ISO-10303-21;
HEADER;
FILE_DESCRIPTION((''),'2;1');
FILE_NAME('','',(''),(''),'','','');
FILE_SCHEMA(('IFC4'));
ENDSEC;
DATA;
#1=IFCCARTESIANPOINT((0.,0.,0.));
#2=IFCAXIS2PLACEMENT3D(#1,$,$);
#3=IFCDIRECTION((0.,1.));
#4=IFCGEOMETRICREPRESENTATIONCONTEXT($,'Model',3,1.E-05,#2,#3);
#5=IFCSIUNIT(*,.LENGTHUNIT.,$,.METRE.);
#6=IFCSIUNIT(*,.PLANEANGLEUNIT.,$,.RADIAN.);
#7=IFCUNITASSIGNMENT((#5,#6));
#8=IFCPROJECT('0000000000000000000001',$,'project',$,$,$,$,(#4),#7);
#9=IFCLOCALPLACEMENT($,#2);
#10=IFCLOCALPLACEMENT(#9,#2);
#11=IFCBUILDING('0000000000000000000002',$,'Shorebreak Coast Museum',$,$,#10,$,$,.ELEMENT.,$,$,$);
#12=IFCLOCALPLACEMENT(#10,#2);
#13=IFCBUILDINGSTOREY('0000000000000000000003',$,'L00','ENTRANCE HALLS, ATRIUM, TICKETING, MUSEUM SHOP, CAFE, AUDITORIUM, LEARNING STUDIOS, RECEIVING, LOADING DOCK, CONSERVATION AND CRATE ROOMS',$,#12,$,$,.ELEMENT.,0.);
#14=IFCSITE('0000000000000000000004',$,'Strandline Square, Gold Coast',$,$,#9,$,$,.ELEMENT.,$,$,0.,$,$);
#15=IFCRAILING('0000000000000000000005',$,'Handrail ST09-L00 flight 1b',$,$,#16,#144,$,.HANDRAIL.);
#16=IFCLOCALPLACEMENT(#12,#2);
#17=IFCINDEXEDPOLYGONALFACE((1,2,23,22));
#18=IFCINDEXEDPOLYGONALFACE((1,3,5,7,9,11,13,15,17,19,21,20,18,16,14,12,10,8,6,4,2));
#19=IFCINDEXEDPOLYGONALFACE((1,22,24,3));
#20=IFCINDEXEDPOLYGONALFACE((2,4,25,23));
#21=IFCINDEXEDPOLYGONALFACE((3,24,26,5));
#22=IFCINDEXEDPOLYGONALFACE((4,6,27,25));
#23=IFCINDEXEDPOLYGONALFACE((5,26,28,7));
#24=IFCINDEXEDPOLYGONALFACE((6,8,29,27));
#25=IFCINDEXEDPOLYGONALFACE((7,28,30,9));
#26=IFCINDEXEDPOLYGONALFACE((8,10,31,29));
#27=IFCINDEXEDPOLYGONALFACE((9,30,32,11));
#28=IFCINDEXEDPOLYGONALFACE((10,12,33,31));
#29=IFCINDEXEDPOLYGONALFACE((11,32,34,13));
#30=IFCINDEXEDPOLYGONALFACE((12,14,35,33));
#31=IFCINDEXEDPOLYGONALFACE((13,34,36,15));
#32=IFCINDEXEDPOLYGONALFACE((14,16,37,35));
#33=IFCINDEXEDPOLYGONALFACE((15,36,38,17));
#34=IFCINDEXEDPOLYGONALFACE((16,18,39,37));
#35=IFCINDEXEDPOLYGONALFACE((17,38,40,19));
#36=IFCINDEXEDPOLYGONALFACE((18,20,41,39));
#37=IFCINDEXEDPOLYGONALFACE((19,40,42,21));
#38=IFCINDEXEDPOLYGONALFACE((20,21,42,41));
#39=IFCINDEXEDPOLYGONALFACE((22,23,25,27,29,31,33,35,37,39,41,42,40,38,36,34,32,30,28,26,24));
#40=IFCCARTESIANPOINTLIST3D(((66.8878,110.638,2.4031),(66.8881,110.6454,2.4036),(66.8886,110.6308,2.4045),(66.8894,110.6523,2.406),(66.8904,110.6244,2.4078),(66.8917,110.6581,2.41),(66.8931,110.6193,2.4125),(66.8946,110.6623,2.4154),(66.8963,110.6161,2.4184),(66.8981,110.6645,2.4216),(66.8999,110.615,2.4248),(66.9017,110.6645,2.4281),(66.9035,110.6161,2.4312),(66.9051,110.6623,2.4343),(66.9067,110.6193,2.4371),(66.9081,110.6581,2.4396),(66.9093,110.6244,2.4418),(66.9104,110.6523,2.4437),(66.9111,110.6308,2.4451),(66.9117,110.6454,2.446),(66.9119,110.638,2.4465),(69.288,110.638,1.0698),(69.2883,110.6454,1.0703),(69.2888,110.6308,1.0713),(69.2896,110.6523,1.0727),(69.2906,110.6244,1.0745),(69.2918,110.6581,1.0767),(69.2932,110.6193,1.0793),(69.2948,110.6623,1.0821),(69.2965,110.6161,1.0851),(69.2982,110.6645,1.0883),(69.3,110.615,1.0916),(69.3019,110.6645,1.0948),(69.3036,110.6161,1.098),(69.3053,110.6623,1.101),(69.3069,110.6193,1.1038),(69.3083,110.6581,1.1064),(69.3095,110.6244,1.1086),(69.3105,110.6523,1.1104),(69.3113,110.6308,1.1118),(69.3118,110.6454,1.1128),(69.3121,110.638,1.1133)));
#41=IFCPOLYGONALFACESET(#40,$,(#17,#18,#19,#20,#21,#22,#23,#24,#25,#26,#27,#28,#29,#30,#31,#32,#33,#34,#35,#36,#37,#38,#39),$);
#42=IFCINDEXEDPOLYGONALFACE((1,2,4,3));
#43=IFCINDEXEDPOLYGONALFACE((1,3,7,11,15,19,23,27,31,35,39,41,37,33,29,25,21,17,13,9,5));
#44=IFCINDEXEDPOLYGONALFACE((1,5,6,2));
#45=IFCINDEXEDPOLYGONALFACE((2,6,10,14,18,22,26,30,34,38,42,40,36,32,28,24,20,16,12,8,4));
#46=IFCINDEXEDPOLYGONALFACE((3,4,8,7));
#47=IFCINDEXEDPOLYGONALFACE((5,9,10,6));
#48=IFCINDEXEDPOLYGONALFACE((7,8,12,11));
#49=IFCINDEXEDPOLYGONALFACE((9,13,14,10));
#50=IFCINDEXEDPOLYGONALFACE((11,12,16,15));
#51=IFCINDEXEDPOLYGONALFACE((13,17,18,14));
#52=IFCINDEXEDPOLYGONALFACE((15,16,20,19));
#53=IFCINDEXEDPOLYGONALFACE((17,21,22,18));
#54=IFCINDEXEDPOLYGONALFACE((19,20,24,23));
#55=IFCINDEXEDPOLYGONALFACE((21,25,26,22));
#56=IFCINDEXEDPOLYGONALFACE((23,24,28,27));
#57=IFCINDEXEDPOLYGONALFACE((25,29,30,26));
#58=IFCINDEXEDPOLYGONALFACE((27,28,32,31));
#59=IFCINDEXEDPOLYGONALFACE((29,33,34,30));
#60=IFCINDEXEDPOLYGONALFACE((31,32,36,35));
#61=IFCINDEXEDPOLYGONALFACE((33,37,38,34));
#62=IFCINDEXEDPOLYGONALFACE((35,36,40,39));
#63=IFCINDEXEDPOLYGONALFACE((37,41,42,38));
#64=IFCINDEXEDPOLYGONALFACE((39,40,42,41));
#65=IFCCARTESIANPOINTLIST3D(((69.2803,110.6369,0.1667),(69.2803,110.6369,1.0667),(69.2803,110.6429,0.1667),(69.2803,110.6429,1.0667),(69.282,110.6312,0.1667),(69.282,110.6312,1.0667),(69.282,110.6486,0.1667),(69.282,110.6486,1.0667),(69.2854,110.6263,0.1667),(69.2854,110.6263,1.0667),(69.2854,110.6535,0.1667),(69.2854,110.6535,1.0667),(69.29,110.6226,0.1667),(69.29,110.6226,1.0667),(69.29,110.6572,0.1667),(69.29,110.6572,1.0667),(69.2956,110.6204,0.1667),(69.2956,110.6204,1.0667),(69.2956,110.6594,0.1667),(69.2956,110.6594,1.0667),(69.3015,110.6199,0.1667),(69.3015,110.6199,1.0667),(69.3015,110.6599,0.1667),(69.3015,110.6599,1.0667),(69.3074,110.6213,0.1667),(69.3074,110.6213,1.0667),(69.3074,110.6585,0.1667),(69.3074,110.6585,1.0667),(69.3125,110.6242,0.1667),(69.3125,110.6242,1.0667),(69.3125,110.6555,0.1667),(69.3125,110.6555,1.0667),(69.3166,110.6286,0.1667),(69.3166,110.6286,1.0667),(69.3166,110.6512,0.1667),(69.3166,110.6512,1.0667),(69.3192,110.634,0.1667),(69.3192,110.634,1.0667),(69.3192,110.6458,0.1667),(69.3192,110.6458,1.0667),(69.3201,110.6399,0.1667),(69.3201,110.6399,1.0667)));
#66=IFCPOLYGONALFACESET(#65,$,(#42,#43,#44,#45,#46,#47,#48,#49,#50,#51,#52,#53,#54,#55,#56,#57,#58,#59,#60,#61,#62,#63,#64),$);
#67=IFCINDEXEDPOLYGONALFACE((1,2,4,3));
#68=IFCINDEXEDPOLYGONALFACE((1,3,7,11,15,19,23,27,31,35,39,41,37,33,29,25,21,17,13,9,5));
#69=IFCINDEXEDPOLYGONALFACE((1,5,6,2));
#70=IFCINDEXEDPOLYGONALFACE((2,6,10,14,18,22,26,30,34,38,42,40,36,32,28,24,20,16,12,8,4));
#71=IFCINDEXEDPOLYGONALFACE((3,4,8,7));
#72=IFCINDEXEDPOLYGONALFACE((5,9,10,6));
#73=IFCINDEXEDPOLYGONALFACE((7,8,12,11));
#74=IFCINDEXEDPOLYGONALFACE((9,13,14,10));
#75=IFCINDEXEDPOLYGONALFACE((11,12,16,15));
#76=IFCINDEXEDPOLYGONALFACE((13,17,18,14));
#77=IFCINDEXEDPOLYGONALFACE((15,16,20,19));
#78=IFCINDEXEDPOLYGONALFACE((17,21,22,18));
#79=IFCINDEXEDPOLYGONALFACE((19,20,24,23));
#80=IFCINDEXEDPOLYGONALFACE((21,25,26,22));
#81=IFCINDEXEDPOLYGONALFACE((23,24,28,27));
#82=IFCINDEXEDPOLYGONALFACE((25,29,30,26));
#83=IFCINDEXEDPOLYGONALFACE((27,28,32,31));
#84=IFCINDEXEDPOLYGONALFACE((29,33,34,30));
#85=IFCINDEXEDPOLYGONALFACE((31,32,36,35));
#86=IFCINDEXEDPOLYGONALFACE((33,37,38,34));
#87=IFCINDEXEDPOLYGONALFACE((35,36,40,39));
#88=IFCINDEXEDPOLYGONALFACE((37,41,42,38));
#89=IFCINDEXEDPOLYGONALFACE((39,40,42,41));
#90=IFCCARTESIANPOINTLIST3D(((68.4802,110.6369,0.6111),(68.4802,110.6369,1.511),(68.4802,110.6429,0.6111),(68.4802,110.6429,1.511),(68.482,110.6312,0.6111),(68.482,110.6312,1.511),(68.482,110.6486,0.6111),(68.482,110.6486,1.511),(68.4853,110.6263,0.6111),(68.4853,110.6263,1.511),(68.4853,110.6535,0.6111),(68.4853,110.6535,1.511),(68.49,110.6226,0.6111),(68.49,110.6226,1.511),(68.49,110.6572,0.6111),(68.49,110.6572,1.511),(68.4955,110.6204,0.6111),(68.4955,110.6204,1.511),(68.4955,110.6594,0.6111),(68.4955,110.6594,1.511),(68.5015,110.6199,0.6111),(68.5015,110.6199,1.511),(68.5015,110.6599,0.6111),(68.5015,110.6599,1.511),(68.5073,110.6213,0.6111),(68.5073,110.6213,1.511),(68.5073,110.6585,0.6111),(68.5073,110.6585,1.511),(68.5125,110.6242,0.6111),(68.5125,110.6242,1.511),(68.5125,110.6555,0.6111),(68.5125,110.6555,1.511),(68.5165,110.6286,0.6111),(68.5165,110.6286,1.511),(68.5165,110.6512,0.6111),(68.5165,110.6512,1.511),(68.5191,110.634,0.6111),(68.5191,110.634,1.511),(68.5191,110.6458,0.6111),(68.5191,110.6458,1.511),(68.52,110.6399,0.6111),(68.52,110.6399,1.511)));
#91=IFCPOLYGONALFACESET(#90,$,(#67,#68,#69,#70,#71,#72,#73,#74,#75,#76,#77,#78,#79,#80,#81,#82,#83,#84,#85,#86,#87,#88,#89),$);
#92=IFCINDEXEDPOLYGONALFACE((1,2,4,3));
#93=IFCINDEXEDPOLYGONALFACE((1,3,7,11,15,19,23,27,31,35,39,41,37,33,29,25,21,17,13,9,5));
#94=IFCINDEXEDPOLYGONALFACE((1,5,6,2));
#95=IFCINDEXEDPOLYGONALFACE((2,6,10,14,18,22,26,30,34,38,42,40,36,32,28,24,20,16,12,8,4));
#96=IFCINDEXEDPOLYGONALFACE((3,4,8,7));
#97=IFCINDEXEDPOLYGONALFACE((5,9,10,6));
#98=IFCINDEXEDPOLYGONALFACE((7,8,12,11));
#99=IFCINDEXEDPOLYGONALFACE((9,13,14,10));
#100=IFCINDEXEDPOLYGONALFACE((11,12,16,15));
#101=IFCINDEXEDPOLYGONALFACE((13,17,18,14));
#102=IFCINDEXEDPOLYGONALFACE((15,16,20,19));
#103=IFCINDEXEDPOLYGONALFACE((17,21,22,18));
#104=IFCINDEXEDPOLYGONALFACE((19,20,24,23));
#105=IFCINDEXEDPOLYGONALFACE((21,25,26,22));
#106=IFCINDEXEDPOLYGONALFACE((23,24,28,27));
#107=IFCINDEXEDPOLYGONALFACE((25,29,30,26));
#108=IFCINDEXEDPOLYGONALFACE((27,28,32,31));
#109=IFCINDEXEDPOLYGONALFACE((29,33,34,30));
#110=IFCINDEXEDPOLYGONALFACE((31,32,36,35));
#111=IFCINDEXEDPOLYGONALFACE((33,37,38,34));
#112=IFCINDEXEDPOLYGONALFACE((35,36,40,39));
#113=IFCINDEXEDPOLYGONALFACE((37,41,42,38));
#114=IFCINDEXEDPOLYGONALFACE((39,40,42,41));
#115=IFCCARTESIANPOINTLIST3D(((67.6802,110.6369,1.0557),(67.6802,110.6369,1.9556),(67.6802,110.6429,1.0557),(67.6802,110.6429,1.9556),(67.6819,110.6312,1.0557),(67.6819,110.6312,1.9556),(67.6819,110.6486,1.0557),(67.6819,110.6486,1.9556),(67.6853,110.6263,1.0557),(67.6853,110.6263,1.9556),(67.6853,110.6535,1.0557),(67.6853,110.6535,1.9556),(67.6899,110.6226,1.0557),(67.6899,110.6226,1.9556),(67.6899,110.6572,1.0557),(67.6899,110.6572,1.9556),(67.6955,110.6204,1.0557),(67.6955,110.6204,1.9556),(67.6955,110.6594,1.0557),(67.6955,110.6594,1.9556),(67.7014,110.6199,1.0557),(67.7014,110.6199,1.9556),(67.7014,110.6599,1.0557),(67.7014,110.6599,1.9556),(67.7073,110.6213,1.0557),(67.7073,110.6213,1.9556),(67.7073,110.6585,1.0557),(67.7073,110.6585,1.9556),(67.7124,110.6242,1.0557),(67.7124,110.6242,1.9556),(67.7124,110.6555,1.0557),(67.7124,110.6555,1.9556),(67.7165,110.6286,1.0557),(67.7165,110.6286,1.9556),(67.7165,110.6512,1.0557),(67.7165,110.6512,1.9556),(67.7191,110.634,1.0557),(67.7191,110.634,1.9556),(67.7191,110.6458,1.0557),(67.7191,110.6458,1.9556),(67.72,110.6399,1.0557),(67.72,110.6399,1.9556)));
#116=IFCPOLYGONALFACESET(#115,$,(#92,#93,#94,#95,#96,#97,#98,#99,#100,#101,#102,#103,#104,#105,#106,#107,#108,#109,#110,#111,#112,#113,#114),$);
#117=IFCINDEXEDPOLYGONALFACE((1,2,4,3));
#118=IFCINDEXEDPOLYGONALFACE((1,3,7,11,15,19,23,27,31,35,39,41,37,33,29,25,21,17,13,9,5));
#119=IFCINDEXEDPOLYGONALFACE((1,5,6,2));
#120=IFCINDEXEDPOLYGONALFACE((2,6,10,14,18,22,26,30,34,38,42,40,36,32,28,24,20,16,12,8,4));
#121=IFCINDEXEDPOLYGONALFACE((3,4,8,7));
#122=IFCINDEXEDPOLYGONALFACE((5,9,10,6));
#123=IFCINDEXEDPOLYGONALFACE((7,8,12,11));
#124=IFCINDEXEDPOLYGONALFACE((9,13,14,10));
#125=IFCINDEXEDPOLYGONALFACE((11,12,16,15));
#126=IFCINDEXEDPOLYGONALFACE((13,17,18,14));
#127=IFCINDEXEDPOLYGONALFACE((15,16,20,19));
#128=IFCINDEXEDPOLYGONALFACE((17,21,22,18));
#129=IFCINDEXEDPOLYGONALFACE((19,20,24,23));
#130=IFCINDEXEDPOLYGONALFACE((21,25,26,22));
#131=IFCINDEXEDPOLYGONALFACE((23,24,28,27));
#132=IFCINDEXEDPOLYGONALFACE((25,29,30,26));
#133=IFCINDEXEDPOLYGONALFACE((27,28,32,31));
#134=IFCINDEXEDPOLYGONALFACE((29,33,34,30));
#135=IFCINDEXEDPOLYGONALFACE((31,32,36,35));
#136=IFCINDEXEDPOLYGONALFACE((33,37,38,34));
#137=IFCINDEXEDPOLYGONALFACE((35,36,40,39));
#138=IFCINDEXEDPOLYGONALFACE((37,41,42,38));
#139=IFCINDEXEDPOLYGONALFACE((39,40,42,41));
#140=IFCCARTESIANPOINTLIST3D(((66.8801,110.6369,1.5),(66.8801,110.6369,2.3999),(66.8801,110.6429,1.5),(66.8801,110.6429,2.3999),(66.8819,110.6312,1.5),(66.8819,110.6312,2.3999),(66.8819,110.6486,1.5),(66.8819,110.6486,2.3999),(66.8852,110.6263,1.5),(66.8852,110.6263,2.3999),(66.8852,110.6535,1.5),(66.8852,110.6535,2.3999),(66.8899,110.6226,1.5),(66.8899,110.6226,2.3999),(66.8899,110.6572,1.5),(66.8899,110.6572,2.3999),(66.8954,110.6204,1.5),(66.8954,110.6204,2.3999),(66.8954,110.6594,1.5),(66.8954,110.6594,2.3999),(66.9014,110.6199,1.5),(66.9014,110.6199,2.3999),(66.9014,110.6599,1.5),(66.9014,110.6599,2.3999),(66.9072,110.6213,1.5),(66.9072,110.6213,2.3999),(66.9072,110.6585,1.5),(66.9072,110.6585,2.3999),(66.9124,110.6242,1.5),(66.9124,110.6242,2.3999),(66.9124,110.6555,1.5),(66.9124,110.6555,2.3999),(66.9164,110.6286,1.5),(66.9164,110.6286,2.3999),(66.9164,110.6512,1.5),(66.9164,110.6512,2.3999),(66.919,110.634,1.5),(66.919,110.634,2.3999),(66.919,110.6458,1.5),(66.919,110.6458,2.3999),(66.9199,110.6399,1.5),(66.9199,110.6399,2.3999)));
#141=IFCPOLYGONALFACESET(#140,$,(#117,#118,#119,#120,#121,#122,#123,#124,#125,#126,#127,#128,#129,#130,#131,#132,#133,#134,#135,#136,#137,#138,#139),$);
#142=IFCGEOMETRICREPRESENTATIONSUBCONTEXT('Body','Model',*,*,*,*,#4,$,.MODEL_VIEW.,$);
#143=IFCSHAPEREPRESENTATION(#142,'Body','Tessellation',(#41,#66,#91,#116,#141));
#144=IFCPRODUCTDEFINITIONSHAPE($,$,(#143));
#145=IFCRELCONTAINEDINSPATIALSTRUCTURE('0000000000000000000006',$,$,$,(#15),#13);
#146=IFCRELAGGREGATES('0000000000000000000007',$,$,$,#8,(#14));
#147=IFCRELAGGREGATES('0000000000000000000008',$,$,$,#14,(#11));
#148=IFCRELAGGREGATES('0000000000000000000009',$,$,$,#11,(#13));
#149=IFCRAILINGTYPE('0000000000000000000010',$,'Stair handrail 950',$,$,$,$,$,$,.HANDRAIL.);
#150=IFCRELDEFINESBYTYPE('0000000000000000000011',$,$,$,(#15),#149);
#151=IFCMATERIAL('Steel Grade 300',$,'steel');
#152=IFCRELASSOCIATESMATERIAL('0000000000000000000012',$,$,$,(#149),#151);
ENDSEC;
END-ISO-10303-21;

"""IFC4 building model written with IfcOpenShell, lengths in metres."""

from ifc_helpers import new_model, si_unit, direction, frame, origin, origin_2d, place, context, subcontext, project, spatial, circle, extrude, material, type_object, element, save


model = new_model("IFC4")

# Units and contexts
model_context = context("Model", 3, precision=1e-05, world=origin(), true_north=direction((0.0, 1.0)))
body_context = subcontext(model_context, "Body", "Model", "MODEL_VIEW")
ifc_project = project(units=[si_unit("LENGTHUNIT", "METRE"), si_unit("PLANEANGLEUNIT", "RADIAN")], contexts=[model_context])

# Site, building, storey
site_placement = place(None, origin())
site = spatial("IfcSite", under=ifc_project, at=site_placement, Name="Strandline Square, Gold Coast", CompositionType="ELEMENT", RefElevation=0.0)
building_placement = place(site_placement, origin())
building = spatial("IfcBuilding", under=site, at=building_placement, Name="Shorebreak Coast Museum", CompositionType="ELEMENT")
storey_placement = place(building_placement, origin())
storey = spatial("IfcBuildingStorey", under=building, at=storey_placement, Name="L00", Description="ENTRANCE HALLS, ATRIUM, TICKETING, MUSEUM SHOP, CAFE, AUDITORIUM, LEARNING STUDIOS, RECEIVING, LOADING DOCK, CONSERVATION AND CRATE ROOMS", CompositionType="ELEMENT", Elevation=0.0)

# Railing
ifc_material_1 = material(Name="Steel Grade 300", Category="steel")
railing_type_1 = type_object("IfcRailingType", Name="Stair handrail 950", PredefinedType="HANDRAIL", material=ifc_material_1)
for number, where, name in (
    (1, (69.3, 110.6399, 0.1667), "Handrail ST09-L00 flight 1b"),
):
    element("IfcRailing", number, at=place(storey_placement, frame(where)), inside=storey, type_object=railing_type_1, Name=name, PredefinedType="HANDRAIL", context=body_context, shape_type="SweptSolid", body=[
        extrude(circle(Radius=0.0249, at=origin_2d()), frame((0.0, 0.0, 0.9248), z_axis=(-0.874182, 0.0, 0.485598), x_axis=(0.0, -1.0, 0.0)), (0.0, 0.0, 1.0), 2.7456),
        extrude(circle(Radius=0.02, at=origin_2d()), origin(), (0.0, 0.0, 1.0), 0.8999),
        extrude(circle(Radius=0.02, at=origin_2d()), frame((-0.8, 0.0, 0.4443)), (0.0, 0.0, 1.0), 0.8999),
        extrude(circle(Radius=0.02, at=origin_2d()), frame((-1.6001, 0.0, 0.8889)), (0.0, 0.0, 1.0), 0.8999),
        extrude(circle(Radius=0.02, at=origin_2d()), frame((-2.4001, 0.0, 1.3333)), (0.0, 0.0, 1.0), 0.8999),
    ])

save(model, "model.ifc")
